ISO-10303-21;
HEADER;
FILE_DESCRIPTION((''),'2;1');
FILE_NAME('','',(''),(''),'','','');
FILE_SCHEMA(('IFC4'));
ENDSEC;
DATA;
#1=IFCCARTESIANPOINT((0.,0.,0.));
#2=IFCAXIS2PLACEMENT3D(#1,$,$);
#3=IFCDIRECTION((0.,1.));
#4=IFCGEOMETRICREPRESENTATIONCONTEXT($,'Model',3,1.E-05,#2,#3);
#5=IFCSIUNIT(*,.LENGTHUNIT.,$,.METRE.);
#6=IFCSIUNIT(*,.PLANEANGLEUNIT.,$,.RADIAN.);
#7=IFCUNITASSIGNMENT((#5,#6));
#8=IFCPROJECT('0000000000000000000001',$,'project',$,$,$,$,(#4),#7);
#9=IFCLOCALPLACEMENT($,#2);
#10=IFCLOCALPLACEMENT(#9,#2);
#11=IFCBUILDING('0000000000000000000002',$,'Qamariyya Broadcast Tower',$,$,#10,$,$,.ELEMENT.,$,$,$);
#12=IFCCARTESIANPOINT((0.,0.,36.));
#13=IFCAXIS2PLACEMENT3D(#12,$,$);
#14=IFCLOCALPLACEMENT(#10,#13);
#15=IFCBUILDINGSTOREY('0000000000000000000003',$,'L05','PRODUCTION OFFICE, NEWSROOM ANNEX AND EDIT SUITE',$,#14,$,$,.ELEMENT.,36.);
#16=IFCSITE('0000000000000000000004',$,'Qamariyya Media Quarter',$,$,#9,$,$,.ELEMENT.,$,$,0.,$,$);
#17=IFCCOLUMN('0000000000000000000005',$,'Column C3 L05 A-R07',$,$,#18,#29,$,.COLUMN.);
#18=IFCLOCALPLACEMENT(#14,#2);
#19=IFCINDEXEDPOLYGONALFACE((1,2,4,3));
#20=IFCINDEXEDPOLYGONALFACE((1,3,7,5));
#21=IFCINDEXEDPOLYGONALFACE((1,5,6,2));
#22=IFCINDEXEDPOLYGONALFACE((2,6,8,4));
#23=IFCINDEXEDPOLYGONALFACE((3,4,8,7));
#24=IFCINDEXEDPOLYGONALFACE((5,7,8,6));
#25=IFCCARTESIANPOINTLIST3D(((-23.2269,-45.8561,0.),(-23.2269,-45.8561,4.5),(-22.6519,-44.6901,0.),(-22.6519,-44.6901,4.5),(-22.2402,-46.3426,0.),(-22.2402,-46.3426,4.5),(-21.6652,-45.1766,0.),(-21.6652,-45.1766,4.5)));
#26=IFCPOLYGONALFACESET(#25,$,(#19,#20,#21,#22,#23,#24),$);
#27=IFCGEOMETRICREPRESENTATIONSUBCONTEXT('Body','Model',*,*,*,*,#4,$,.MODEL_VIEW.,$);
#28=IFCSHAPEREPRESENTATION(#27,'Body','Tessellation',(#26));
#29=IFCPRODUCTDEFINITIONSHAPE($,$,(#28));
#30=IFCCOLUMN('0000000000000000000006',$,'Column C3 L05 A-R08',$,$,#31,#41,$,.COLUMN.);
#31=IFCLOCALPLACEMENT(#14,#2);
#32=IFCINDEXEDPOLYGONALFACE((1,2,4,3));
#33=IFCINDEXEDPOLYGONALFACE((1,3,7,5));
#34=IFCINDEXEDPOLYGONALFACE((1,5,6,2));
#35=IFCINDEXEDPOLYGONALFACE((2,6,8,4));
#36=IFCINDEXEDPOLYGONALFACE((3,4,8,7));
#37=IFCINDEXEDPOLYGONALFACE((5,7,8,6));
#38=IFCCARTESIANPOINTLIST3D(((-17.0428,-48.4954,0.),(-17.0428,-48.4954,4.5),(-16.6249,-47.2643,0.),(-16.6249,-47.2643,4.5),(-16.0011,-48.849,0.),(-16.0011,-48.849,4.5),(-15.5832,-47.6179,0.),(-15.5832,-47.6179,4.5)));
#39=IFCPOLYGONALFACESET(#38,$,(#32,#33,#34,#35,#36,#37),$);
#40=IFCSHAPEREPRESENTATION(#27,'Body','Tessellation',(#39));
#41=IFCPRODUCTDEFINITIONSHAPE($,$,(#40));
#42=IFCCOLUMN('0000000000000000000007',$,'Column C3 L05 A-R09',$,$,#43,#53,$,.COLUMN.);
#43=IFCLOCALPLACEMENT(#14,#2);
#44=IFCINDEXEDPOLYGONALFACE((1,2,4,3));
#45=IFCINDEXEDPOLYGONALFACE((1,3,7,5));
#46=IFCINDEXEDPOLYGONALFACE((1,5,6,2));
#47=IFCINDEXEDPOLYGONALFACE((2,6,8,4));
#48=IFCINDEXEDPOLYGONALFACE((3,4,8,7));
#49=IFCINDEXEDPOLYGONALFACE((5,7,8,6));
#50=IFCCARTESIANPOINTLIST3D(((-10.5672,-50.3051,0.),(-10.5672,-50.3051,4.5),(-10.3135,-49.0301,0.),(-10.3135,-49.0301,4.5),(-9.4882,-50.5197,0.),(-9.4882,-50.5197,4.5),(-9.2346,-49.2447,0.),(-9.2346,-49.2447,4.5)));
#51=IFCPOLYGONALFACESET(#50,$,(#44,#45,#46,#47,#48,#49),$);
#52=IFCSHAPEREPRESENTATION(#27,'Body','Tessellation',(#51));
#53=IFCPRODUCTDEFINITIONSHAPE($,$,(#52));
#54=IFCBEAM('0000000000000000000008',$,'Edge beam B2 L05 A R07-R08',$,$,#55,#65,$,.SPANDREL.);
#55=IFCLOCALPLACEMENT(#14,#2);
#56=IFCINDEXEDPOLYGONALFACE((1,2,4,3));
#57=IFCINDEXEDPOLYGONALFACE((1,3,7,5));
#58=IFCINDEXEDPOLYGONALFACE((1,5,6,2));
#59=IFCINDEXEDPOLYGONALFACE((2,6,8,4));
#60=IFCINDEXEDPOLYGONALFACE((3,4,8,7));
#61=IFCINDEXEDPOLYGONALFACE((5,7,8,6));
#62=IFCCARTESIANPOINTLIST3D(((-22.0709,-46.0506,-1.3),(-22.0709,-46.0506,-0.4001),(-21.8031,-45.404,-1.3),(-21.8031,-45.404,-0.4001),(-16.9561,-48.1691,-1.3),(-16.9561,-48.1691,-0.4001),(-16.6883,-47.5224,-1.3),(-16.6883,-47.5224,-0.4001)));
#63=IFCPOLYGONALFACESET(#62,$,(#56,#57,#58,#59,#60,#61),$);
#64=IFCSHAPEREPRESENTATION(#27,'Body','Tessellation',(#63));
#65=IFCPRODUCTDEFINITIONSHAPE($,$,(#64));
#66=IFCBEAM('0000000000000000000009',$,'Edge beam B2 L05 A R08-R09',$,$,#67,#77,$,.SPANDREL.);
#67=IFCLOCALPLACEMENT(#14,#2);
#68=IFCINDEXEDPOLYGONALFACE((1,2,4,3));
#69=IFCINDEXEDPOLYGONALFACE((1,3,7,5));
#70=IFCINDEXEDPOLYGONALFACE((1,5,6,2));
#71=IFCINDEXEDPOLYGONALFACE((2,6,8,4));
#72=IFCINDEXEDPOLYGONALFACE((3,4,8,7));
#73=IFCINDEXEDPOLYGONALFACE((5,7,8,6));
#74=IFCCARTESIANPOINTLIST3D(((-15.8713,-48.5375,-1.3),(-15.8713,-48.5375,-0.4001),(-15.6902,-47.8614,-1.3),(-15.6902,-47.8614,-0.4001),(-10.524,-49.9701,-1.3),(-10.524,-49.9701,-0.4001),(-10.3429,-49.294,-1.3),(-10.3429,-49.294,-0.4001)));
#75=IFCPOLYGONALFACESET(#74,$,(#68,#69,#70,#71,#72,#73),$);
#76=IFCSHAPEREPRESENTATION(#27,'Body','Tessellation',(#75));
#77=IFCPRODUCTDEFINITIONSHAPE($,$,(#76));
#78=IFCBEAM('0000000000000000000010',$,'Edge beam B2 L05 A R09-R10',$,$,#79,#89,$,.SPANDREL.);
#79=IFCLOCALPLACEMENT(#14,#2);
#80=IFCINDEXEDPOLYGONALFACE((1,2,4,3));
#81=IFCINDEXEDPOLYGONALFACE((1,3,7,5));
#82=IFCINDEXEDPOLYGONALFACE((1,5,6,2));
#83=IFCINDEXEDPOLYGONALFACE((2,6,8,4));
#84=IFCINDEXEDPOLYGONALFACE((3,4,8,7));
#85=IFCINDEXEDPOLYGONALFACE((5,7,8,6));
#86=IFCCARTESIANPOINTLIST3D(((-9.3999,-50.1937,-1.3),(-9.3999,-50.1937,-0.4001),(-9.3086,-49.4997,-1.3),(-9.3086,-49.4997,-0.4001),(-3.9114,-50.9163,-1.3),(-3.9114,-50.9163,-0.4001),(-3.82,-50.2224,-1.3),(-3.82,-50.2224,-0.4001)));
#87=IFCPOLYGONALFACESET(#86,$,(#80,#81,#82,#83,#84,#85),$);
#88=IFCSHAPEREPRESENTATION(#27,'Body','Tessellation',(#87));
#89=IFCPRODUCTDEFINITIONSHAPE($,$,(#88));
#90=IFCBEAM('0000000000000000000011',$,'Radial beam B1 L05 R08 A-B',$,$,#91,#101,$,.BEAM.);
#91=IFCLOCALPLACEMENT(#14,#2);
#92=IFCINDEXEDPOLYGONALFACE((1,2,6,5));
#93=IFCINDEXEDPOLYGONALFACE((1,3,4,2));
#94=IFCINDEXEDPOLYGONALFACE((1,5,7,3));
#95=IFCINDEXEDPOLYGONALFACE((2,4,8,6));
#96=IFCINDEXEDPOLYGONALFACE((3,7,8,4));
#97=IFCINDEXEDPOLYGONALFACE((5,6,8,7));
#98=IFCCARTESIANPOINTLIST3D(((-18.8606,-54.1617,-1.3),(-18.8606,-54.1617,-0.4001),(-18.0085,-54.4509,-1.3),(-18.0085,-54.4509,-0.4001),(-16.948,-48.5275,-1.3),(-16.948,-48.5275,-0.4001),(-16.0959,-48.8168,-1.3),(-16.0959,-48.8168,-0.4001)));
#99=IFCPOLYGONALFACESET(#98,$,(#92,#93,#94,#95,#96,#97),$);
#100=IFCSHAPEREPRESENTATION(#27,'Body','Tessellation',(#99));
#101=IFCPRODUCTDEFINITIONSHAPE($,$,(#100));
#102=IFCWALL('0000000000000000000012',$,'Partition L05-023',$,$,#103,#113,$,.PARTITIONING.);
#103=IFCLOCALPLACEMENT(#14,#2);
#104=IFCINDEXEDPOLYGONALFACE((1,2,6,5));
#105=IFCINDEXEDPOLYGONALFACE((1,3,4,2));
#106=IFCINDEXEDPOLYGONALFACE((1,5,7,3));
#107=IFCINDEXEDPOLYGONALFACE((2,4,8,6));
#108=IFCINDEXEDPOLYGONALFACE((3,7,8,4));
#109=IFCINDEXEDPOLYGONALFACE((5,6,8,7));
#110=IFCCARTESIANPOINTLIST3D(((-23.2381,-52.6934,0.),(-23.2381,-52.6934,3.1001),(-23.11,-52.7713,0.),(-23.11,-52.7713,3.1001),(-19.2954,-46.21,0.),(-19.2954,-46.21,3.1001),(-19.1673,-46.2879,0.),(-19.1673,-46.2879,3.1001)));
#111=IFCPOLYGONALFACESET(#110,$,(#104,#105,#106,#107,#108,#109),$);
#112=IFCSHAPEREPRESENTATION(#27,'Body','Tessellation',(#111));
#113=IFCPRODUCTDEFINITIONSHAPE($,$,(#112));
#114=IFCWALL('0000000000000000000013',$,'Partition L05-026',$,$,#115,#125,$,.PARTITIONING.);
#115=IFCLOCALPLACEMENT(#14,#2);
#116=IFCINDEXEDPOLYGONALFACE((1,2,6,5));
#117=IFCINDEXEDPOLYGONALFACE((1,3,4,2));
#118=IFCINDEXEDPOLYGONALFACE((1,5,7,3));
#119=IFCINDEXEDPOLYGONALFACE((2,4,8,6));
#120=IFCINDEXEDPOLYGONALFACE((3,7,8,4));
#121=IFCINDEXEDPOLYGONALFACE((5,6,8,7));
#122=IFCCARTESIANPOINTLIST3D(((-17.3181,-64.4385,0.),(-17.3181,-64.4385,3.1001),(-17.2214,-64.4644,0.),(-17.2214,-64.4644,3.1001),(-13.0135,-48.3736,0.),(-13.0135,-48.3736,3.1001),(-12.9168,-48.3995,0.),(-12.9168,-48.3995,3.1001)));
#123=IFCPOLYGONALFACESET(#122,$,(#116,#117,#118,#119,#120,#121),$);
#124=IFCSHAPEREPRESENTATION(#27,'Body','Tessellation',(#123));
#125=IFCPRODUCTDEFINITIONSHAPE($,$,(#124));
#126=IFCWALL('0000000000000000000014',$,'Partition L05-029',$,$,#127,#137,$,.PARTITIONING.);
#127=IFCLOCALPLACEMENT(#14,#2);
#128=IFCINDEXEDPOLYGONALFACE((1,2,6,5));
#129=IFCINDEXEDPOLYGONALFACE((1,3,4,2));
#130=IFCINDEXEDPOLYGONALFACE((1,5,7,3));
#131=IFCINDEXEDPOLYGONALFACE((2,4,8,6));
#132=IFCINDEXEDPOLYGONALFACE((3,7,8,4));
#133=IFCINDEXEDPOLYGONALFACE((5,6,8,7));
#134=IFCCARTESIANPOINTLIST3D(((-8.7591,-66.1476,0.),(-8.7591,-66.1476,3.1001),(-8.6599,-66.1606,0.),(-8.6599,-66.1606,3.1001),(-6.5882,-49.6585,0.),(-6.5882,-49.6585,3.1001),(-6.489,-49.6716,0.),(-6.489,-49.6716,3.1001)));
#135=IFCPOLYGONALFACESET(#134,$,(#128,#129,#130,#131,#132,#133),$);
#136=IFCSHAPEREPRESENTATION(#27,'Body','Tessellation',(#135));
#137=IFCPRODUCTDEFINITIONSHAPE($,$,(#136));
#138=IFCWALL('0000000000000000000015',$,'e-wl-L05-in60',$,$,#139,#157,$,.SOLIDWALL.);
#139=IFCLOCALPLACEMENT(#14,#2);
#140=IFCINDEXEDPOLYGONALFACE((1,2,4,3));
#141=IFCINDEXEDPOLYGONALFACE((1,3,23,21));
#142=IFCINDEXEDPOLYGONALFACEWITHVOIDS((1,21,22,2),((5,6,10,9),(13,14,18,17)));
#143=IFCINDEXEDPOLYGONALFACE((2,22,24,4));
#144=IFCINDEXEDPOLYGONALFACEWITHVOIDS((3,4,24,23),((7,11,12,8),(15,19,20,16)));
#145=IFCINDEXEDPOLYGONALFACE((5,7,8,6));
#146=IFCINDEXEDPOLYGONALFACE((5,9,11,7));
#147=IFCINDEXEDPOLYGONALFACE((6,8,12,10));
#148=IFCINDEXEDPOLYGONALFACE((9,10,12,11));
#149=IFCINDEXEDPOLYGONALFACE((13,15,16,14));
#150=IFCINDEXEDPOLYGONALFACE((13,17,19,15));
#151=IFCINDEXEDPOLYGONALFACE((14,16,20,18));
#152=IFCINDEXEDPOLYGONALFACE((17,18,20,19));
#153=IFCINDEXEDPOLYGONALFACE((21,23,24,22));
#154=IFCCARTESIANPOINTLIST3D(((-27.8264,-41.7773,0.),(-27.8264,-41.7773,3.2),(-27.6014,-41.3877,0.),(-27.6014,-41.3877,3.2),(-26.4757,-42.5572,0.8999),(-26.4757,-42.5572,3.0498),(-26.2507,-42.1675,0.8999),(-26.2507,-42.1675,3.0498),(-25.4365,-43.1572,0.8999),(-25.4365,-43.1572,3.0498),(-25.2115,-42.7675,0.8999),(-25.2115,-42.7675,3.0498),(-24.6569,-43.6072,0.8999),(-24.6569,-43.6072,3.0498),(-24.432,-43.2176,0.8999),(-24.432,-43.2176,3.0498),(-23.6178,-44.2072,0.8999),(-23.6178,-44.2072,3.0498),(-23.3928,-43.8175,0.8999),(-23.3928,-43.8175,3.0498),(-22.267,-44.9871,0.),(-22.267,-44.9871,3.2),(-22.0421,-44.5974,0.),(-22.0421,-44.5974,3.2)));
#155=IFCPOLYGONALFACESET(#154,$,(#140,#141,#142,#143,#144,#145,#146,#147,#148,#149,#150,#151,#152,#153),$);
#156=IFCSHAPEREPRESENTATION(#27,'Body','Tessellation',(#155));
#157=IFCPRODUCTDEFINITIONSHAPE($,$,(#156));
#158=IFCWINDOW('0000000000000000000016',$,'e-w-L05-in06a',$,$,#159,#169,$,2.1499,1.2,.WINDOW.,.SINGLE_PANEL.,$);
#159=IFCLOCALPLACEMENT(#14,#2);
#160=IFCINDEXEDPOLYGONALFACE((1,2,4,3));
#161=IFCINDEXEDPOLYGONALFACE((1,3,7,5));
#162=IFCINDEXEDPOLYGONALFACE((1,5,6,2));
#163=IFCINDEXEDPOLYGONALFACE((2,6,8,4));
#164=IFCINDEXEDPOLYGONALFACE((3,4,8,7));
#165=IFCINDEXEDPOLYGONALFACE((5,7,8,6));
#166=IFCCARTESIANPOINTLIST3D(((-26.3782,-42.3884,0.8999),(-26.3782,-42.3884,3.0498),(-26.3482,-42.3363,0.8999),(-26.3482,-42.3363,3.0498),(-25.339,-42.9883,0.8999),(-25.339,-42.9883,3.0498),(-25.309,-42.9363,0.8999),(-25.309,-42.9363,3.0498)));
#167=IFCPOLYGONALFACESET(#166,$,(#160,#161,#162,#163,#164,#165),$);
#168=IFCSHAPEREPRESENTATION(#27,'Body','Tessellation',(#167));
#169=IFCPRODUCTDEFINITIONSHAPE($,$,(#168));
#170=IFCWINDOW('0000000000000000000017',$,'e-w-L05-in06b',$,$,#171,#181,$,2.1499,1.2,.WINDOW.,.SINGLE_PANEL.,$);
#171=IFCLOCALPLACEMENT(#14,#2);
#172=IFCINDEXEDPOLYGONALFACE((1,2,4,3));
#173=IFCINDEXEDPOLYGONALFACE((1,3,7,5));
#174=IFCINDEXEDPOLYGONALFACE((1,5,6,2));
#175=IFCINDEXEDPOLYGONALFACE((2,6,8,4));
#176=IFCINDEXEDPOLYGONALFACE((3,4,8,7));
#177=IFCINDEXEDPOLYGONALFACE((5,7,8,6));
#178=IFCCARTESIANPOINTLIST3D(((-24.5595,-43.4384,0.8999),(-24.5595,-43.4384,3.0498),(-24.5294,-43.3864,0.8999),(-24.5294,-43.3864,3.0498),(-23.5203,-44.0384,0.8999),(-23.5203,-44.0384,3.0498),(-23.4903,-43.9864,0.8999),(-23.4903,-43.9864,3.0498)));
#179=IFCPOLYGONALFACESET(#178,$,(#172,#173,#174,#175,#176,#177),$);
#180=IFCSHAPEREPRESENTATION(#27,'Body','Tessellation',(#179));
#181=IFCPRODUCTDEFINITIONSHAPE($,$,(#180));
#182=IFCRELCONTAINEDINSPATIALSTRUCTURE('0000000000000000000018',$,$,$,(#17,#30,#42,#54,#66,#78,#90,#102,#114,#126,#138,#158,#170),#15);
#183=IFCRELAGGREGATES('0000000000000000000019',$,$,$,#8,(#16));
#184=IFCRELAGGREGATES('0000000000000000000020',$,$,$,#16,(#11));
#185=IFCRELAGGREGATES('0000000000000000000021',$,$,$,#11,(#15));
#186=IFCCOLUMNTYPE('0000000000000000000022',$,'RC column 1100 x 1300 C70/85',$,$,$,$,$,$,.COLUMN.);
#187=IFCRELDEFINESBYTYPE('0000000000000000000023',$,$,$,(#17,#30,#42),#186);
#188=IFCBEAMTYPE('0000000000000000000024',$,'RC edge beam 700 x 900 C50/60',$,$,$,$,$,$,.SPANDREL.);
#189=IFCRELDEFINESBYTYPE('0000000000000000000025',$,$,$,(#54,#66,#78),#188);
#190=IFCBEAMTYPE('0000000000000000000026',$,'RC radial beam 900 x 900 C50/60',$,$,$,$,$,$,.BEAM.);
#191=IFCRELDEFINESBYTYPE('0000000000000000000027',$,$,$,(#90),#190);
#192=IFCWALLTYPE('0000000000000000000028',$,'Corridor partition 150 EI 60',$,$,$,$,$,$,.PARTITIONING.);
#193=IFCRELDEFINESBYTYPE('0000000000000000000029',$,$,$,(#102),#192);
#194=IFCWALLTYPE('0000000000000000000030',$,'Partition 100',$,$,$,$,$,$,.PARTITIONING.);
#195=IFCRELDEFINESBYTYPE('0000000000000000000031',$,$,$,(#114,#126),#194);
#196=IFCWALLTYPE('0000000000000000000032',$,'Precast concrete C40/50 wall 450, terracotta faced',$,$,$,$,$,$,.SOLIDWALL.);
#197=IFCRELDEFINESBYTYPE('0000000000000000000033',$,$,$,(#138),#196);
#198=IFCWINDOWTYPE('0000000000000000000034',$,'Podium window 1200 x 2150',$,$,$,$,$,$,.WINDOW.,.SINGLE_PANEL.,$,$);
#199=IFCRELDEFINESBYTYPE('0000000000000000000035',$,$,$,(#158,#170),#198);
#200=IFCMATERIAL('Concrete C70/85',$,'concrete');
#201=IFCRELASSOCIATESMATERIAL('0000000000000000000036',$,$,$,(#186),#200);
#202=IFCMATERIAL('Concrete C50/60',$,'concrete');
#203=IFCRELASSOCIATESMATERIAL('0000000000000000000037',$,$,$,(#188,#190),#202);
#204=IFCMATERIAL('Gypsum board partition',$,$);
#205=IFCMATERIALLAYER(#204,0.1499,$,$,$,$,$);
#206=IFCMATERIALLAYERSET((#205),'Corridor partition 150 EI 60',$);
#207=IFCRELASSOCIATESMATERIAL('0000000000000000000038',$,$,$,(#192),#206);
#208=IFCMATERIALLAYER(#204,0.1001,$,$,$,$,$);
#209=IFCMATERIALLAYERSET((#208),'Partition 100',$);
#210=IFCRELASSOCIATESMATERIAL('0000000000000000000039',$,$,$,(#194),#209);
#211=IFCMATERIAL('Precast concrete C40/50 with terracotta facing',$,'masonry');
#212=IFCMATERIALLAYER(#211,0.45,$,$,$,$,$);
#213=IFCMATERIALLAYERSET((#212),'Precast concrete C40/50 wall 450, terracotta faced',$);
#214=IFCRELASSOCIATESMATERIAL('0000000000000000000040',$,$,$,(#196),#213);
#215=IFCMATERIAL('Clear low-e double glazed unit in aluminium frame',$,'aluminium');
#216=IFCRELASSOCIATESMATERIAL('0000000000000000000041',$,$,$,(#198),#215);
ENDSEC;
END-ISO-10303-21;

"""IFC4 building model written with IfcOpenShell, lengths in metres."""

from ifc_helpers import new_model, si_unit, direction, frame, frame_2d, origin, origin_2d, place, context, subcontext, project, spatial, rectangle, extrude, material, layer, layer_set, material_profile, profile_set, type_object, element, fill, save


model = new_model("IFC4")

# Units and contexts
model_context = context("Model", 3, precision=1e-05, world=origin(), true_north=direction((0.0, 1.0)))
body_context = subcontext(model_context, "Body", "Model", "MODEL_VIEW")
ifc_project = project(units=[si_unit("LENGTHUNIT", "METRE"), si_unit("PLANEANGLEUNIT", "RADIAN")], contexts=[model_context])

# Site, building, storey
site_placement = place(None, origin())
site = spatial("IfcSite", under=ifc_project, at=site_placement, Name="Qamariyya Media Quarter", CompositionType="ELEMENT", RefElevation=0.0)
building_placement = place(site_placement, origin())
building = spatial("IfcBuilding", under=site, at=building_placement, Name="Qamariyya Broadcast Tower", CompositionType="ELEMENT")
storey_placement = place(building_placement, frame((0.0, 0.0, 36.0)))
storey = spatial("IfcBuildingStorey", under=building, at=storey_placement, Name="L05", Description="PRODUCTION OFFICE, NEWSROOM ANNEX AND EDIT SUITE", CompositionType="ELEMENT", Elevation=36.0)

# Columns
ifc_material_1 = material(Name="Concrete C70/85", Category="concrete")
ifc_material_profile_1 = material_profile(ifc_material_1, rectangle(XDim=1.1001, YDim=1.3, at=origin_2d()))
ifc_profile_set_1 = profile_set([ifc_material_profile_1], Name="Concrete C70/85")
column_type = type_object("IfcColumnType", Name="RC column 1100 x 1300 C70/85", PredefinedType="COLUMN", material=ifc_profile_set_1)
for number, where, z_axis, x_axis, name in (
    (1, (-22.446, -45.5164, 0.0), (0.0, 0.0, 1.0), (0.896873, -0.442289, 0.0), "Column C3 L05 A-R07"),
    (2, (-16.313, -48.0566, 0.0), (0.0, 0.0, 1.0), (0.94693, -0.321439, 0.0), "Column C3 L05 A-R08"),
    (3, (-9.9009, -49.7749, 0.0), (0.0, 0.0, 1.0), (0.980785, -0.19509, 0.0), "Column C3 L05 A-R09"),
):
    element("IfcColumn", number, at=place(storey_placement, frame(where, z_axis=z_axis, x_axis=x_axis)), inside=storey, type_object=column_type, Name=name, PredefinedType="COLUMN", context=body_context, shape_type="SweptSolid", body=[
        extrude(rectangle(XDim=1.1001, YDim=1.3, at=origin_2d()), origin(), (0.0, 0.0, 1.0), 4.5),
    ])

# Beams
ifc_material_2 = material(Name="Concrete C50/60", Category="concrete")
ifc_material_profile_2 = material_profile(ifc_material_2, rectangle(XDim=0.7, YDim=0.8999, at=origin_2d()))
ifc_profile_set_2 = profile_set([ifc_material_profile_2], Name="Concrete C50/60")
beam_type_1 = type_object("IfcBeamType", Name="RC edge beam 700 x 900 C50/60", PredefinedType="SPANDREL", material=ifc_profile_set_2)
beam_1_placement = place(storey_placement, frame((-21.937, -45.7273, -0.8501), z_axis=(0.923892, -0.382654, 0.0), x_axis=(0.382654, 0.923892, 0.0)))
element("IfcBeam", 4, at=beam_1_placement, inside=storey, type_object=beam_type_1, Name="Edge beam B2 L05 A R07-R08", PredefinedType="SPANDREL", context=body_context, shape_type="SweptSolid", body=[
    extrude(rectangle(XDim=0.7, YDim=0.8999, at=origin_2d()), origin(), (0.0, 0.0, 1.0), 5.5361),
])
for number, where, z_axis, x_axis, name in (
    (5, (-15.7808, -48.1995, -0.8501), (0.965936, -0.258782, 0.0), (0.258782, 0.965936, 0.0), "Edge beam B2 L05 A R08-R09"),
    (6, (-9.3542, -49.8467, -0.8501), (0.991443, -0.13054, 0.0), (0.13054, 0.991443, 0.0), "Edge beam B2 L05 A R09-R10"),
):
    element("IfcBeam", number, at=place(storey_placement, frame(where, z_axis=z_axis, x_axis=x_axis)), inside=storey, type_object=beam_type_1, Name=name, PredefinedType="SPANDREL", context=body_context, shape_type="SweptSolid", body=[
        extrude(rectangle(XDim=0.7, YDim=0.8999, at=origin_2d()), origin(), (0.0, 0.0, 1.0), 5.5359),
    ])
ifc_material_profile_3 = material_profile(ifc_material_2, rectangle(XDim=0.8999, YDim=0.8999, at=origin_2d()))
ifc_profile_set_3 = profile_set([ifc_material_profile_3], Name="Concrete C50/60")
beam_type_2 = type_object("IfcBeamType", Name="RC radial beam 900 x 900 C50/60", PredefinedType="BEAM", material=ifc_profile_set_3)
beam_2_placement = place(storey_placement, frame((-16.522, -48.6721, -0.8501), z_axis=(-0.321442, -0.946929, 0.0), x_axis=(0.946929, -0.321442, 0.0)))
element("IfcBeam", 7, at=beam_2_placement, inside=storey, type_object=beam_type_2, Name="Radial beam B1 L05 R08 A-B", PredefinedType="BEAM", context=body_context, shape_type="SweptSolid", body=[
    extrude(rectangle(XDim=0.8999, YDim=0.8999, at=origin_2d()), origin(), (0.0, 0.0, 1.0), 5.95),
])

# Walls
ifc_material_3 = material(Name="Gypsum board partition")
ifc_layer_1 = layer(ifc_material_3, 0.1499)
ifc_layer_set_1 = layer_set([ifc_layer_1], Name="Corridor partition 150 EI 60")
wall_type_1 = type_object("IfcWallType", Name="Corridor partition 150 EI 60", PredefinedType="PARTITIONING", material=ifc_layer_set_1)
wall_1_placement = place(storey_placement, frame((-19.2314, -46.249, 0.0), z_axis=(0.0, 0.0, 1.0), x_axis=(-0.519583, -0.85442, 0.0)))
element("IfcWall", 8, at=wall_1_placement, inside=storey, type_object=wall_type_1, Name="Partition L05-023", PredefinedType="PARTITIONING", context=body_context, shape_type="SweptSolid", body=[
    extrude(rectangle(XDim=7.5881, YDim=0.1499, at=frame_2d((3.7939, 0.0))), origin(), (0.0, 0.0, 1.0), 3.1001),
])
ifc_layer_2 = layer(ifc_material_3, 0.1001)
ifc_layer_set_2 = layer_set([ifc_layer_2], Name="Partition 100")
wall_type_2 = type_object("IfcWallType", Name="Partition 100", PredefinedType="PARTITIONING", material=ifc_layer_set_2)
wall_2_placement = place(storey_placement, frame((-12.9651, -48.3865, 0.0), z_axis=(0.0, 0.0, 1.0), x_axis=(-0.258825, -0.965924, 0.0)))
element("IfcWall", 9, at=wall_2_placement, inside=storey, type_object=wall_type_2, Name="Partition L05-026", PredefinedType="PARTITIONING", context=body_context, shape_type="SweptSolid", body=[
    extrude(rectangle(XDim=16.6316, YDim=0.1001, at=frame_2d((8.3159, 0.0))), origin(), (0.0, 0.0, 1.0), 3.1001),
])
wall_3_placement = place(storey_placement, frame((-6.5386, -49.665, 0.0), z_axis=(0.0, 0.0, 1.0), x_axis=(-0.130531, -0.991444, 0.0)))
element("IfcWall", 10, at=wall_3_placement, inside=storey, type_object=wall_type_2, Name="Partition L05-029", PredefinedType="PARTITIONING", context=body_context, shape_type="SweptSolid", body=[
    extrude(rectangle(XDim=16.6313, YDim=0.1001, at=frame_2d((8.3157, 0.0))), origin(), (0.0, 0.0, 1.0), 3.1001),
])

# Wall, openings, windows
ifc_material_4 = material(Name="Precast concrete C40/50 with terracotta facing", Category="masonry")
ifc_layer_3 = layer(ifc_material_4, 0.45)
ifc_layer_set_3 = layer_set([ifc_layer_3], Name="Precast concrete C40/50 wall 450, terracotta faced")
wall_type_3 = type_object("IfcWallType", Name="Precast concrete C40/50 wall 450, terracotta faced", PredefinedType="SOLIDWALL", material=ifc_layer_set_3)
wall_4_placement = place(storey_placement, frame((-22.1545, -44.7922, 0.0), z_axis=(0.0, 0.0, 1.0), x_axis=(-0.866023, 0.500004, 0.0)))
wall_4 = element("IfcWall", 11, at=wall_4_placement, inside=storey, type_object=wall_type_3, Name="e-wl-L05-in60", PredefinedType="SOLIDWALL", context=body_context, shape_type="SweptSolid", body=[
    extrude(rectangle(XDim=6.4194, YDim=0.45, at=frame_2d((3.2097, 0.0))), origin(), (0.0, 0.0, 1.0), 3.2),
])
opening_1_placement = place(wall_4_placement, frame((3.6597, 0.0, 0.8999)))
opening_1 = element("IfcOpeningElement", 12, at=opening_1_placement, cuts=wall_4, PredefinedType="OPENING", context=body_context, shape_type="SweptSolid", body=[
    extrude(rectangle(XDim=1.2, YDim=2.1499, at=frame_2d((0.6001, 1.075))), frame((0.0, 0.2349, 0.0), z_axis=(0.0, -1.0, 0.0), x_axis=(1.0, 0.0, 0.0)), (0.0, 0.0, 1.0), 0.47),
])
opening_2_placement = place(wall_4_placement, frame((1.5596, 0.0, 0.8999)))
opening_2 = element("IfcOpeningElement", 13, at=opening_2_placement, cuts=wall_4, PredefinedType="OPENING", context=body_context, shape_type="SweptSolid", body=[
    extrude(rectangle(XDim=1.2, YDim=2.1499, at=frame_2d((0.6001, 1.075))), frame((0.0, 0.2349, 0.0), z_axis=(0.0, -1.0, 0.0), x_axis=(1.0, 0.0, 0.0)), (0.0, 0.0, 1.0), 0.47),
])
ifc_material_5 = material(Name="Clear low-e double glazed unit in aluminium frame", Category="aluminium")
window_type = type_object("IfcWindowType", Name="Podium window 1200 x 2150", PartitioningType="SINGLE_PANEL", PredefinedType="WINDOW", material=ifc_material_5)
window_1_placement = place(opening_1_placement, origin())
window_1 = element("IfcWindow", 14, at=window_1_placement, inside=storey, type_object=window_type, Name="e-w-L05-in06a", OverallHeight=2.1499, OverallWidth=1.2, PartitioningType="SINGLE_PANEL", PredefinedType="WINDOW", context=body_context, shape_type="SweptSolid", body=[
    extrude(rectangle(XDim=1.2, YDim=2.1499, at=frame_2d((0.6001, 1.075))), frame((0.0, 0.03, 0.0), z_axis=(0.0, -1.0, 0.0), x_axis=(1.0, 0.0, 0.0)), (0.0, 0.0, 1.0), 0.0601),
])
fill(opening_1, window_1)
window_2_placement = place(opening_2_placement, origin())
window_2 = element("IfcWindow", 15, at=window_2_placement, inside=storey, type_object=window_type, Name="e-w-L05-in06b", OverallHeight=2.1499, OverallWidth=1.2, PartitioningType="SINGLE_PANEL", PredefinedType="WINDOW", context=body_context, shape_type="SweptSolid", body=[
    extrude(rectangle(XDim=1.2, YDim=2.1499, at=frame_2d((0.6001, 1.075))), frame((0.0, 0.03, 0.0), z_axis=(0.0, -1.0, 0.0), x_axis=(1.0, 0.0, 0.0)), (0.0, 0.0, 1.0), 0.0601),
])
fill(opening_2, window_2)

save(model, "model.ifc")
